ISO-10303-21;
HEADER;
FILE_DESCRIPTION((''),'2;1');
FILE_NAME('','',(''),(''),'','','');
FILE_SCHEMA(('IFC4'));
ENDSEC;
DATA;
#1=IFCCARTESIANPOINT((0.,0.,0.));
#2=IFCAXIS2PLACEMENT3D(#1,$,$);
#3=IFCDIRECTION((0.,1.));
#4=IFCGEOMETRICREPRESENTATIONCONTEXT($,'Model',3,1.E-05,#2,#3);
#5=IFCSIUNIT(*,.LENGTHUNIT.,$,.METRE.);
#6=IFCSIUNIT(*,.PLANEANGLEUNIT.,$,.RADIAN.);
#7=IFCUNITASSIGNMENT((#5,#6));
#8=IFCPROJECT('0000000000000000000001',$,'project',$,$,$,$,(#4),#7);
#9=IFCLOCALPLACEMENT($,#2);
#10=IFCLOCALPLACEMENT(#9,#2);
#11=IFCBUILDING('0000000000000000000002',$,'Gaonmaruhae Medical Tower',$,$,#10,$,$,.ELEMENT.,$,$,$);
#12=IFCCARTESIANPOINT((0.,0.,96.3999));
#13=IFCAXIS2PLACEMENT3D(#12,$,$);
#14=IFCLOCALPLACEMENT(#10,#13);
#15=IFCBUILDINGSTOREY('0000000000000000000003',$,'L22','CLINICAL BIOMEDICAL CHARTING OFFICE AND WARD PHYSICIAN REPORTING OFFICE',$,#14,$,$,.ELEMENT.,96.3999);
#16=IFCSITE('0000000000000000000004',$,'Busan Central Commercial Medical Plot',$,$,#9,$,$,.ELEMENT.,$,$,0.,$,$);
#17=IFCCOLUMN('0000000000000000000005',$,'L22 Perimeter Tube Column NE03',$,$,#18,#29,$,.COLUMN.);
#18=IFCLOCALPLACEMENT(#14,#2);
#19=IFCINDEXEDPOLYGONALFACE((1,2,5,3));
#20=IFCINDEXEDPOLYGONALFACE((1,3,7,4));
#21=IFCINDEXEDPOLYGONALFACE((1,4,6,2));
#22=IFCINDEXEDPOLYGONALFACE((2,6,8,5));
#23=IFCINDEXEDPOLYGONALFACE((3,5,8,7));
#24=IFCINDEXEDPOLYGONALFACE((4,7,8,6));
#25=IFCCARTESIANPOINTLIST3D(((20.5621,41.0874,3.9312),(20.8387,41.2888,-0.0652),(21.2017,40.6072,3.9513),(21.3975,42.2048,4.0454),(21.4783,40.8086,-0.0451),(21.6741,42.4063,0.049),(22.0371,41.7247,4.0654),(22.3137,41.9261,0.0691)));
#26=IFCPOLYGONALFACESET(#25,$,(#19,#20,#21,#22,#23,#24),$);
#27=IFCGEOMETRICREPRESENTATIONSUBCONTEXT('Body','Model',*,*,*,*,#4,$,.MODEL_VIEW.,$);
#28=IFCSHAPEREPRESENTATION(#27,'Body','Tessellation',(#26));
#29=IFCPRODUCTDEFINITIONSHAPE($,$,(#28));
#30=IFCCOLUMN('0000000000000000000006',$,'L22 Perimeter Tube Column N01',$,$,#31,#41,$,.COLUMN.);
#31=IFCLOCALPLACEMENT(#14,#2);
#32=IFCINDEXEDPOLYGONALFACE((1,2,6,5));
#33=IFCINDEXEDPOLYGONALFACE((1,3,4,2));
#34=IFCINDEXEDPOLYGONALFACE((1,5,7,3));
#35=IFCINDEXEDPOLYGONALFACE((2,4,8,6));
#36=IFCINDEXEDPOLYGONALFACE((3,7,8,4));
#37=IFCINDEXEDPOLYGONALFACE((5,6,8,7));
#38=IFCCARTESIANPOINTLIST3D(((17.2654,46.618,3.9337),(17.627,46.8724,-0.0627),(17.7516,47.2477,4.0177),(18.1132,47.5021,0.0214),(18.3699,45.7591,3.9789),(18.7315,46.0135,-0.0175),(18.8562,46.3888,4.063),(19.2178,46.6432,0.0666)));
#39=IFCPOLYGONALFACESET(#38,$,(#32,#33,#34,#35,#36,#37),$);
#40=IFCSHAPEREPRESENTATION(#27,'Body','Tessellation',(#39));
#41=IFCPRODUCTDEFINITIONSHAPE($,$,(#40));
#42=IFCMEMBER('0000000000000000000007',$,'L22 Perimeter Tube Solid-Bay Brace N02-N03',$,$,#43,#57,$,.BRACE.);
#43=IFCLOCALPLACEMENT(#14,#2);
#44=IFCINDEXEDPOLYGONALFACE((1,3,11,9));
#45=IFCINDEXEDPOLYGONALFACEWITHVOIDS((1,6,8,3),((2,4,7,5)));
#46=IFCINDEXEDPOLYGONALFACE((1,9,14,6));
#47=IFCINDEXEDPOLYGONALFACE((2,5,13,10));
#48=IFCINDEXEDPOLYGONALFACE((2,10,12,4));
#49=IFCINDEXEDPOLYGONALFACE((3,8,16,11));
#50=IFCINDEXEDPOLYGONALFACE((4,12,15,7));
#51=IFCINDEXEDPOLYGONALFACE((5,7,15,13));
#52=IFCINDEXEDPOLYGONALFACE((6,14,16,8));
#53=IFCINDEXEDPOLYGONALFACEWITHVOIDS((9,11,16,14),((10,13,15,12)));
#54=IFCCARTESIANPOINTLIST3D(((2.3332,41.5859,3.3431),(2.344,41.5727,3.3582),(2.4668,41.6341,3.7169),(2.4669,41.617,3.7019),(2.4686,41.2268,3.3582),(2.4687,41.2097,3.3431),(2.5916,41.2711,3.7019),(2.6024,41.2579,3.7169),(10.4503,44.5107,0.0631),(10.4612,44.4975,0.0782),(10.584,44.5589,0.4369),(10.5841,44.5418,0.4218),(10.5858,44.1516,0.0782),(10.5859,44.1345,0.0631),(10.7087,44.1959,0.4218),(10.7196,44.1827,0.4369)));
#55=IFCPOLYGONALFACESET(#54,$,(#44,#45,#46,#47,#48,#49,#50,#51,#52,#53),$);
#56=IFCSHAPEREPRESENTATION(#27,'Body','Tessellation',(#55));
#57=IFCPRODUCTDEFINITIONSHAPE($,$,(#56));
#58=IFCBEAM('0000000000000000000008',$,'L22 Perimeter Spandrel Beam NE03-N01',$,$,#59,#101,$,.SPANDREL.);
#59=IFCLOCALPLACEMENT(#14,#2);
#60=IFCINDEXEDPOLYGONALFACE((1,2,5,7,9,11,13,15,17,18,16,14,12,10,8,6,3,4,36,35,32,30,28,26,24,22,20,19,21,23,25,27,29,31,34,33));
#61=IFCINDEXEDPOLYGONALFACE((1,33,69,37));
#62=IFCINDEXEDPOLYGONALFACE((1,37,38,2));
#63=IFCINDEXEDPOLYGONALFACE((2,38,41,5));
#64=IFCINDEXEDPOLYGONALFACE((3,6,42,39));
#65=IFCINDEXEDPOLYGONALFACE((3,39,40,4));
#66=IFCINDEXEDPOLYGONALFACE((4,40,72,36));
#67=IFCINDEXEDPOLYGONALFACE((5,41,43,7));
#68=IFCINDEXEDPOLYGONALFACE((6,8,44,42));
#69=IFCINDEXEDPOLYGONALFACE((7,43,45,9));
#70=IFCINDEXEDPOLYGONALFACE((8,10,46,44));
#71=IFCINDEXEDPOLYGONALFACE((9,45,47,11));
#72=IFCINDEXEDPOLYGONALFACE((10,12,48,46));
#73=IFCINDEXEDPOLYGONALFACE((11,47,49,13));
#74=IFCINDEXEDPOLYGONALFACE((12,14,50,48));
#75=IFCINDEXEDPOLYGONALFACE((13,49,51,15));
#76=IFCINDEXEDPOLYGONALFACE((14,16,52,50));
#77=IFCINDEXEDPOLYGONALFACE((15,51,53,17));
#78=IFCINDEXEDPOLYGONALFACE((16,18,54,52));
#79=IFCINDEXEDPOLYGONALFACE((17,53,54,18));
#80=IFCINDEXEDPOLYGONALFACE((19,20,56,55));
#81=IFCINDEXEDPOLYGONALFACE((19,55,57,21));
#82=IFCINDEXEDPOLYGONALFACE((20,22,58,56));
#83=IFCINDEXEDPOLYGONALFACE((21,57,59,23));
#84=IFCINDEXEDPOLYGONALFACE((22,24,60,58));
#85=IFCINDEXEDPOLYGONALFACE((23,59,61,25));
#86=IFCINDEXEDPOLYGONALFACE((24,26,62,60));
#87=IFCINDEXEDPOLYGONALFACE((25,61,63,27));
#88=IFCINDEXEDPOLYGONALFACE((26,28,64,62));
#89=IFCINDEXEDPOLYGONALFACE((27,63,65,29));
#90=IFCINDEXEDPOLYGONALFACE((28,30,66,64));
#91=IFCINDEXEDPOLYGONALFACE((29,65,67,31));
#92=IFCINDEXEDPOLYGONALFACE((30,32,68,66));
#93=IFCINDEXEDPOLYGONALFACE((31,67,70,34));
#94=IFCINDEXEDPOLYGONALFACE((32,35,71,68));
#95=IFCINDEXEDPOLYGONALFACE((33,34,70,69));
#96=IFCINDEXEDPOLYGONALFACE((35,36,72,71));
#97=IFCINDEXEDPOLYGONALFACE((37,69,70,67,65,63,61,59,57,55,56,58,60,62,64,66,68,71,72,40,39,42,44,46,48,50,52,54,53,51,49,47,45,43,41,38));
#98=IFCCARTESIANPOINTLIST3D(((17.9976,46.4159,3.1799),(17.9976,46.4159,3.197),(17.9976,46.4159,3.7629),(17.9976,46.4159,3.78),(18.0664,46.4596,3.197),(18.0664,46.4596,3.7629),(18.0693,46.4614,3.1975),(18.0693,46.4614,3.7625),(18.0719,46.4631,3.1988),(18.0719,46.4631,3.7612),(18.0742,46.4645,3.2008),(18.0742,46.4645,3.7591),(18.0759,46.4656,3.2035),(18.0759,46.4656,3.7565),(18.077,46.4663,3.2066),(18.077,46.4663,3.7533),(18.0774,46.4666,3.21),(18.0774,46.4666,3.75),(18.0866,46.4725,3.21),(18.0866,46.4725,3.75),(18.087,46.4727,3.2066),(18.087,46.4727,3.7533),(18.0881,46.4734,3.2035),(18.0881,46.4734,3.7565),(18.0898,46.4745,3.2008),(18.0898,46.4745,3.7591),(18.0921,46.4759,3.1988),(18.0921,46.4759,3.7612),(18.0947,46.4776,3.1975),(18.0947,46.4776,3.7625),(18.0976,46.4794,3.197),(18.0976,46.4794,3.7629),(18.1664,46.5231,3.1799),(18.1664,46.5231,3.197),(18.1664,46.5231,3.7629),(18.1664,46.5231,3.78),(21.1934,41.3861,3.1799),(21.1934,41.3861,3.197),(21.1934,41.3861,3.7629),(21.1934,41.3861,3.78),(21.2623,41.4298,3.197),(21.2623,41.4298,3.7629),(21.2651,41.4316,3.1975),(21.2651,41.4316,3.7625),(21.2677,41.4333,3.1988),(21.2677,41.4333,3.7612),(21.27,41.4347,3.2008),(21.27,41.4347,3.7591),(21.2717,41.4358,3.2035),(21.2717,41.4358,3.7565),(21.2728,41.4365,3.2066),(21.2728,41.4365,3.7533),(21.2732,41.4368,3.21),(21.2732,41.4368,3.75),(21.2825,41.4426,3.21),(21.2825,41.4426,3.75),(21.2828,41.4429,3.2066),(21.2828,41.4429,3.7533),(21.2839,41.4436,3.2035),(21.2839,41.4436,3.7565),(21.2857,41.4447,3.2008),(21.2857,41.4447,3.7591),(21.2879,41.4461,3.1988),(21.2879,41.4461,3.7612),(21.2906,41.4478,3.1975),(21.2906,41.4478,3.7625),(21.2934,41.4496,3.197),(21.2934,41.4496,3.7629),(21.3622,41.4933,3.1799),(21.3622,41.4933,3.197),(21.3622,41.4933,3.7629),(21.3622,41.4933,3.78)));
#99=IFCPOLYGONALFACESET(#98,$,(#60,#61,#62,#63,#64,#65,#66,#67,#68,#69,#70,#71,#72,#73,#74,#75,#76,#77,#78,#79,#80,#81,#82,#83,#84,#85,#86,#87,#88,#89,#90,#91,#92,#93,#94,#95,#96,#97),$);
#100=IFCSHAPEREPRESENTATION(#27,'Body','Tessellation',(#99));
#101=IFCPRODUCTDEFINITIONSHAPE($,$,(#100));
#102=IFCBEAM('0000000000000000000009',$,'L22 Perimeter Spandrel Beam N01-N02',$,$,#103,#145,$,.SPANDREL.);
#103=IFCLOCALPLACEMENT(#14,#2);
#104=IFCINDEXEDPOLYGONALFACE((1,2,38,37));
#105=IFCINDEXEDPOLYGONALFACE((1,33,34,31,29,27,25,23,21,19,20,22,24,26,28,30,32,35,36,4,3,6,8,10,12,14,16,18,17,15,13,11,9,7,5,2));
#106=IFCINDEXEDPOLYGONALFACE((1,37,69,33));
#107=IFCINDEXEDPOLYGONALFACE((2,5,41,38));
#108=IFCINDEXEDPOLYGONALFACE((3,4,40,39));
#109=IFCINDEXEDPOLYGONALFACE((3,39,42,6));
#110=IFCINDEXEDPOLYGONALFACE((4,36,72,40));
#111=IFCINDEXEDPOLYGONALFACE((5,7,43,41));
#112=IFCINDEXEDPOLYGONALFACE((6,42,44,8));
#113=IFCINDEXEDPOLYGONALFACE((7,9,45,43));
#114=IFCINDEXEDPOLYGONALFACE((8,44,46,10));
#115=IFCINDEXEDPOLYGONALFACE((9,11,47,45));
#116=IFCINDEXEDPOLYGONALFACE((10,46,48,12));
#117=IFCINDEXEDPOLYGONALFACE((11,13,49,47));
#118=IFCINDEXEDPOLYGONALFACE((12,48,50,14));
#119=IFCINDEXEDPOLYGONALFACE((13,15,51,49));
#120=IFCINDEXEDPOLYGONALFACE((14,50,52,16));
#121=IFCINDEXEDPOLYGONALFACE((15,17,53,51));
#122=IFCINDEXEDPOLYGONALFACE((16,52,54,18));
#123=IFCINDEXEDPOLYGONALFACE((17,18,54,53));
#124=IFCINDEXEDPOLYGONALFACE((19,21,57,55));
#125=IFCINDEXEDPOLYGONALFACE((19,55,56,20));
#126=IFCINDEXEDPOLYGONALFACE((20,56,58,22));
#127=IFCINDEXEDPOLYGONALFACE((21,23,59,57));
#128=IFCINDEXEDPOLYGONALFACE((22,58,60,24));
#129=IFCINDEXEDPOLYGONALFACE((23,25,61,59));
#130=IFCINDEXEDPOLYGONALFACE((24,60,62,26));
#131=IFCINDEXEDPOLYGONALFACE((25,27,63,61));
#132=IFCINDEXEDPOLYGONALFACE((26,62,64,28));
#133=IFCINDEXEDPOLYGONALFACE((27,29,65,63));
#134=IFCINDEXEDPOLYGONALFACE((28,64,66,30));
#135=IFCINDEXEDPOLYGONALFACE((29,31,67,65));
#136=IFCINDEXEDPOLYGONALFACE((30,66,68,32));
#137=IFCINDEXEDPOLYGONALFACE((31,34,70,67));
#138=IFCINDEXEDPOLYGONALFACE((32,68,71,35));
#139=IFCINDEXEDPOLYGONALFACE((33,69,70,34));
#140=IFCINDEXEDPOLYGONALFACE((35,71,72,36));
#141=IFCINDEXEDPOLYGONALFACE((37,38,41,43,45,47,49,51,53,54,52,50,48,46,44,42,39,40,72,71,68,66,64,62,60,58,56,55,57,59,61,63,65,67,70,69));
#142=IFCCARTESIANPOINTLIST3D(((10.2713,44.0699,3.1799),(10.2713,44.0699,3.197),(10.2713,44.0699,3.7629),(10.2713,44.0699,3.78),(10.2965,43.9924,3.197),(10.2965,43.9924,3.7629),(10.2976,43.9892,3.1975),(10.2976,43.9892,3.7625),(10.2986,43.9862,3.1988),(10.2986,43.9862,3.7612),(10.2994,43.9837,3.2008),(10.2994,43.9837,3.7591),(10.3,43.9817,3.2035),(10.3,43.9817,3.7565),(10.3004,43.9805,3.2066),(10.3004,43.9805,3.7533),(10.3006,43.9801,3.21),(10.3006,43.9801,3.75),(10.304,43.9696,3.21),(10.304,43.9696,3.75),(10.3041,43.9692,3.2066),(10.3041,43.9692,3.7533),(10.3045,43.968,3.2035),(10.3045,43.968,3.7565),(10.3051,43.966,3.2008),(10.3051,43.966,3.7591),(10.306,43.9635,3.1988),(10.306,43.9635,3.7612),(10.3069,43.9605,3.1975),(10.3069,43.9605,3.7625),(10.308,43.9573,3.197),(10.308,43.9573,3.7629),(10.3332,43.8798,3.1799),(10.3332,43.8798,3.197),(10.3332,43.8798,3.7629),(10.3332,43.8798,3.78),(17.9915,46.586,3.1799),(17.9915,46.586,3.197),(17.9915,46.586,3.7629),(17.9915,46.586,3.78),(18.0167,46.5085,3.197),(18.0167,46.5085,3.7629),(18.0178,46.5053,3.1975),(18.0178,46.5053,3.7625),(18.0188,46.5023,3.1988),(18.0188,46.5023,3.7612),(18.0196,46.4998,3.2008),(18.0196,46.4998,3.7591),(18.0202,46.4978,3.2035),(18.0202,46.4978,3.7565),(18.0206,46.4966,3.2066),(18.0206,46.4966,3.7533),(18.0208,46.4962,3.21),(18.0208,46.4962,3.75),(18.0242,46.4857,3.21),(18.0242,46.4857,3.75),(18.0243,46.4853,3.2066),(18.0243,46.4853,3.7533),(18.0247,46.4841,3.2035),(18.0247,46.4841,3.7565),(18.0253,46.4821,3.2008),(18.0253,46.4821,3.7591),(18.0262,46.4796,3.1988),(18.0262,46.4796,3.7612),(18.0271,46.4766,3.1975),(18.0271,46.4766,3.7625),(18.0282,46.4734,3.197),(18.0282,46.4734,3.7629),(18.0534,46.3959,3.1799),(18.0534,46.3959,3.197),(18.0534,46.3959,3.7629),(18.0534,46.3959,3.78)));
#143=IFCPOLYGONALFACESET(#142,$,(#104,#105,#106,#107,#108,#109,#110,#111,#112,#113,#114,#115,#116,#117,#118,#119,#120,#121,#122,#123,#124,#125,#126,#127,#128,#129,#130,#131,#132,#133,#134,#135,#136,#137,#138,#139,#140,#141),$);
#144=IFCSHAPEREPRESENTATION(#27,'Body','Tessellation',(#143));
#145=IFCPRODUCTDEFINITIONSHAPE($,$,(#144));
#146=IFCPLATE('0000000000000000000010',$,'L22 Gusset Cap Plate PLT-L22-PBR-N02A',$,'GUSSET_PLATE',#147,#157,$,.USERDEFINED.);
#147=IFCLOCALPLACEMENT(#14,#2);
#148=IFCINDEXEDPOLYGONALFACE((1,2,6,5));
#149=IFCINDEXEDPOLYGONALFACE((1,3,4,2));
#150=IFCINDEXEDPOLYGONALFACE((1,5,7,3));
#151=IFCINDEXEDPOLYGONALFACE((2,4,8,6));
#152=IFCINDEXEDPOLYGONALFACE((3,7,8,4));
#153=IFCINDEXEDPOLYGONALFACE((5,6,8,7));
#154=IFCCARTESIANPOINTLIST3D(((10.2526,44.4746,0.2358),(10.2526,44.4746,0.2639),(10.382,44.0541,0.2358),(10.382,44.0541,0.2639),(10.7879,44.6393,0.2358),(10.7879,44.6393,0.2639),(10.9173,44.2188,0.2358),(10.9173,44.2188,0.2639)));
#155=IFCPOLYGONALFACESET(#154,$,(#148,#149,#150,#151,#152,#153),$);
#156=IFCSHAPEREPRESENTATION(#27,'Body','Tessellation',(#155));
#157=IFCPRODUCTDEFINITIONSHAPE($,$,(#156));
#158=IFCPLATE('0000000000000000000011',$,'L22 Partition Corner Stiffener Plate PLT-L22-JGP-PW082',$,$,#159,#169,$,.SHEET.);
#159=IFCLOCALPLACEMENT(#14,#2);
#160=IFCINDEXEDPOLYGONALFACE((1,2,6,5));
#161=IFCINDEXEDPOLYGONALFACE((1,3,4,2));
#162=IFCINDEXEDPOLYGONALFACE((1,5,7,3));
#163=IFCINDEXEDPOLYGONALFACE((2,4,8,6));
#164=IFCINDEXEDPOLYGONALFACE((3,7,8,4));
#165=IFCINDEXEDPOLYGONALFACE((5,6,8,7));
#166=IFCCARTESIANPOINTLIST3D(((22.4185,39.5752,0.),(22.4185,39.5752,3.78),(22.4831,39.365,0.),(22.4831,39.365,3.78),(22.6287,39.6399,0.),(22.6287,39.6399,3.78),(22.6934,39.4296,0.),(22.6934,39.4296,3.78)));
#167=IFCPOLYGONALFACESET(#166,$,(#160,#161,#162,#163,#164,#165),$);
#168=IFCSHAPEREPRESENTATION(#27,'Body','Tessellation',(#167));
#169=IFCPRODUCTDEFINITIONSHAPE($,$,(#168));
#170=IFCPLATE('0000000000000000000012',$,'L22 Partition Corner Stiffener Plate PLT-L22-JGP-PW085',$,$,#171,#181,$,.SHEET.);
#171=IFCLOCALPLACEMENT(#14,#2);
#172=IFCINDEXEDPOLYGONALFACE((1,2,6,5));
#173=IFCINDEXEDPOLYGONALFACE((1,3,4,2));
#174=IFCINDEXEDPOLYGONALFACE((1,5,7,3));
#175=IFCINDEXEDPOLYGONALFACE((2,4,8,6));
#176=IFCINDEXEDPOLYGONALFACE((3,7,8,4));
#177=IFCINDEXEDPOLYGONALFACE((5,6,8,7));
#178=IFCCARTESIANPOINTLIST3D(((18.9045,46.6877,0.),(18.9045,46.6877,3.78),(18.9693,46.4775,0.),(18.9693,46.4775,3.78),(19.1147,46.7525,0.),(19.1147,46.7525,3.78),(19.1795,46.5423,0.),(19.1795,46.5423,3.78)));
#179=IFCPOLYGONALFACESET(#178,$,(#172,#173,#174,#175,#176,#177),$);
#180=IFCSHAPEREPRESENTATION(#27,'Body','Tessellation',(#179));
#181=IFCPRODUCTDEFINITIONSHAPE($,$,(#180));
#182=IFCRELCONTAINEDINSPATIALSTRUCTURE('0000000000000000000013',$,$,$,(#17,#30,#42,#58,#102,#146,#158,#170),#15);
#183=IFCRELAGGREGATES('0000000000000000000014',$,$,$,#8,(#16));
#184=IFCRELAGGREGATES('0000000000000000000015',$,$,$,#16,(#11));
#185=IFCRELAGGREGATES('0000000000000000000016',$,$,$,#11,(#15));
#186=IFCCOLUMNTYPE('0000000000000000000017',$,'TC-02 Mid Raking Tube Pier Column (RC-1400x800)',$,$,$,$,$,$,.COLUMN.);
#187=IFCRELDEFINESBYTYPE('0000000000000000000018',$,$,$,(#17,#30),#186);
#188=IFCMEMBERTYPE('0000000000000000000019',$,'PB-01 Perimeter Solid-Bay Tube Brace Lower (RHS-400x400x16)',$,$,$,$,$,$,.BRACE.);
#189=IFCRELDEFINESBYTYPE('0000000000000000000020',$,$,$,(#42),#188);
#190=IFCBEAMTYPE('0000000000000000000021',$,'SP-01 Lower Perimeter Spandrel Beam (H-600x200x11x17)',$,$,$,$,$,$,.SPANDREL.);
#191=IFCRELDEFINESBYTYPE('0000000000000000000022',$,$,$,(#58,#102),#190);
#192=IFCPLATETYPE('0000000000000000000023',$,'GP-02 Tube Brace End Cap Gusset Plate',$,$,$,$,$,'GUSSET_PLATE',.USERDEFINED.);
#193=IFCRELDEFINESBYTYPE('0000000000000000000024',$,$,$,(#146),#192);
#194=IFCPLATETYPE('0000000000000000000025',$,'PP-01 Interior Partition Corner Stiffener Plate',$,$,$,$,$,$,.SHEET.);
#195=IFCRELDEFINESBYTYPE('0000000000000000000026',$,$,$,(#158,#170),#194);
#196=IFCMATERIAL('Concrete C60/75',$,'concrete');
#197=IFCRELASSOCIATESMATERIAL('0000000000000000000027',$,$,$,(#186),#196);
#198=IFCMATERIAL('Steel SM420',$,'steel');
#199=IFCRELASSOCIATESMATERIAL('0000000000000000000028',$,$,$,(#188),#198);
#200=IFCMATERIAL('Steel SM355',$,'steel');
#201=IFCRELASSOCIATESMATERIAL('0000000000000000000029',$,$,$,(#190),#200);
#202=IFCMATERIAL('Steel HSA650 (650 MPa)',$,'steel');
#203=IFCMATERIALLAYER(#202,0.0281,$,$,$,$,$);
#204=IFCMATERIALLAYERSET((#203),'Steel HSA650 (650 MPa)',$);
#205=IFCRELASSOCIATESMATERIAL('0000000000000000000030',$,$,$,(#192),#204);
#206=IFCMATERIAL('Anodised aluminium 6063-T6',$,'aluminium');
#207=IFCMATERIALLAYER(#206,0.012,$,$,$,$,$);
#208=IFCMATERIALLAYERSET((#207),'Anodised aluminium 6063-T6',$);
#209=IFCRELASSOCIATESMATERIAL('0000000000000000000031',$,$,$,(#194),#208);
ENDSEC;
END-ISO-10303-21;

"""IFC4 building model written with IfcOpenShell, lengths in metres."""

from ifc_helpers import new_model, si_unit, direction, frame, origin, origin_2d, place, context, subcontext, project, spatial, rectangle, hollow_rectangle, i_section, extrude, material, layer, layer_set, material_profile, profile_set, type_object, element, save


model = new_model("IFC4")

# Units and contexts
model_context = context("Model", 3, precision=1e-05, world=origin(), true_north=direction((0.0, 1.0)))
body_context = subcontext(model_context, "Body", "Model", "MODEL_VIEW")
ifc_project = project(units=[si_unit("LENGTHUNIT", "METRE"), si_unit("PLANEANGLEUNIT", "RADIAN")], contexts=[model_context])

# Site, building, storey
site_placement = place(None, origin())
site = spatial("IfcSite", under=ifc_project, at=site_placement, Name="Busan Central Commercial Medical Plot", CompositionType="ELEMENT", RefElevation=0.0)
building_placement = place(site_placement, origin())
building = spatial("IfcBuilding", under=site, at=building_placement, Name="Gaonmaruhae Medical Tower", CompositionType="ELEMENT")
storey_placement = place(building_placement, frame((0.0, 0.0, 96.3999)))
storey = spatial("IfcBuildingStorey", under=building, at=storey_placement, Name="L22", Description="CLINICAL BIOMEDICAL CHARTING OFFICE AND WARD PHYSICIAN REPORTING OFFICE", CompositionType="ELEMENT", Elevation=96.3999)

# Columns
ifc_material_1 = material(Name="Concrete C60/75", Category="concrete")
ifc_material_profile_1 = material_profile(ifc_material_1, rectangle(XDim=1.3999, YDim=0.8, at=origin_2d()), Name="RC-1400x800")
ifc_profile_set_1 = profile_set([ifc_material_profile_1], Name="Concrete C60/75")
column_type = type_object("IfcColumnType", Name="TC-02 Mid Raking Tube Pier Column (RC-1400x800)", PredefinedType="COLUMN", material=ifc_profile_set_1)
column_1_placement = place(storey_placement, frame((21.5762, 41.6074, 0.002), z_axis=(-0.068964, -0.050216, 0.996355), x_axis=(0.59676, 0.798267, 0.081538)))
element("IfcColumn", 1, at=column_1_placement, inside=storey, type_object=column_type, Name="L22 Perimeter Tube Column NE03", PredefinedType="COLUMN", context=body_context, shape_type="SweptSolid", body=[
    extrude(rectangle(XDim=1.3999, YDim=0.8, at=origin_2d()), origin(), (0.0, 0.0, 1.0), 4.011),
])
column_2_placement = place(storey_placement, frame((18.4224, 46.7578, 0.002), z_axis=(-0.089927, -0.063271, 0.993937), x_axis=(0.789011, -0.613527, 0.032331)))
element("IfcColumn", 2, at=column_2_placement, inside=storey, type_object=column_type, Name="L22 Perimeter Tube Column N01", PredefinedType="COLUMN", context=body_context, shape_type="SweptSolid", body=[
    extrude(rectangle(XDim=1.3999, YDim=0.8, at=origin_2d()), origin(), (0.0, 0.0, 1.0), 4.0208),
])

# Member
ifc_material_2 = material(Name="Steel SM420", Category="steel")
ifc_material_profile_2 = material_profile(ifc_material_2, hollow_rectangle(XDim=0.3999, YDim=0.3999, WallThickness=0.0161, at=origin_2d()), Name="RHS-400x400x16")
ifc_profile_set_2 = profile_set([ifc_material_profile_2], Name="Steel SM420")
member_type = type_object("IfcMemberType", Name="PB-01 Perimeter Solid-Bay Tube Brace Lower (RHS-400x400x16)", PredefinedType="BRACE", material=ifc_profile_set_2)
member_placement = place(storey_placement, frame((10.585, 44.3467, 0.25), z_axis=(-0.879389, -0.316864, 0.355348), x_axis=(0.338988, -0.940791, 0.0)))
element("IfcMember", 3, at=member_placement, inside=storey, type_object=member_type, Name="L22 Perimeter Tube Solid-Bay Brace N02-N03", PredefinedType="BRACE", context=body_context, shape_type="SweptSolid", body=[
    extrude(hollow_rectangle(XDim=0.3999, YDim=0.3999, WallThickness=0.0161, at=origin_2d()), origin(), (0.0, 0.0, 1.0), 9.2305),
])

# Beams
ifc_material_3 = material(Name="Steel SM355", Category="steel")
ifc_material_profile_3 = material_profile(ifc_material_3, i_section(OverallWidth=0.2, OverallDepth=0.6001, WebThickness=0.011, FlangeThickness=0.0171, FilletRadius=0.0129, at=origin_2d()), Name="H-600x200x11x17")
ifc_profile_set_3 = profile_set([ifc_material_profile_3], Name="Steel SM355")
beam_type = type_object("IfcBeamType", Name="SP-01 Lower Perimeter Spandrel Beam (H-600x200x11x17)", PredefinedType="SPANDREL", material=ifc_profile_set_3)
beam_1_placement = place(storey_placement, frame((21.2778, 41.4397, 3.48), z_axis=(-0.536282, 0.844039, 0.0), x_axis=(-0.844039, -0.536282, 0.0)))
element("IfcBeam", 4, at=beam_1_placement, inside=storey, type_object=beam_type, Name="L22 Perimeter Spandrel Beam NE03-N01", PredefinedType="SPANDREL", context=body_context, shape_type="SweptSolid", body=[
    extrude(i_section(OverallWidth=0.2, OverallDepth=0.6001, WebThickness=0.011, FlangeThickness=0.0171, FilletRadius=0.0129, at=origin_2d()), origin(), (0.0, 0.0, 1.0), 5.9592),
])
beam_2_placement = place(storey_placement, frame((18.0225, 46.491, 3.48), z_axis=(-0.950779, -0.309871, 0.0), x_axis=(0.309871, -0.950779, 0.0)))
element("IfcBeam", 5, at=beam_2_placement, inside=storey, type_object=beam_type, Name="L22 Perimeter Spandrel Beam N01-N02", PredefinedType="SPANDREL", context=body_context, shape_type="SweptSolid", body=[
    extrude(i_section(OverallWidth=0.2, OverallDepth=0.6001, WebThickness=0.011, FlangeThickness=0.0171, FilletRadius=0.0129, at=origin_2d()), origin(), (0.0, 0.0, 1.0), 8.1199),
])

# Plates
ifc_material_4 = material(Name="Steel HSA650 (650 MPa)", Category="steel")
ifc_layer_1 = layer(ifc_material_4, 0.0281)
ifc_layer_set_1 = layer_set([ifc_layer_1], Name="Steel HSA650 (650 MPa)")
plate_type_1 = type_object("IfcPlateType", Name="GP-02 Tube Brace End Cap Gusset Plate", ElementType="GUSSET_PLATE", PredefinedType="USERDEFINED", material=ifc_layer_set_1)
plate_placement = place(storey_placement, frame((10.585, 44.3467, 0.2358), z_axis=(0.0, 0.0, 1.0), x_axis=(0.955793, 0.29404, 0.0)))
element("IfcPlate", 6, at=plate_placement, inside=storey, type_object=plate_type_1, Name="L22 Gusset Cap Plate PLT-L22-PBR-N02A", ObjectType="GUSSET_PLATE", PredefinedType="USERDEFINED", context=body_context, shape_type="SweptSolid", body=[
    extrude(rectangle(XDim=0.5601, YDim=0.4399, at=origin_2d()), origin(), (0.0, 0.0, 1.0), 0.0281),
])
ifc_material_5 = material(Name="Anodised aluminium 6063-T6", Category="aluminium")
ifc_layer_2 = layer(ifc_material_5, 0.012)
ifc_layer_set_2 = layer_set([ifc_layer_2], Name="Anodised aluminium 6063-T6")
plate_type_2 = type_object("IfcPlateType", Name="PP-01 Interior Partition Corner Stiffener Plate", PredefinedType="SHEET", material=ifc_layer_set_2)
for number, where, z_axis, x_axis, name in (
    (7, (22.5559, 39.5024, 0.0), (0.0, 0.0, 1.0), (-0.955839, -0.29389, 0.0), "L22 Partition Corner Stiffener Plate PLT-L22-JGP-PW082"),
    (8, (19.042, 46.615, 0.0), (0.0, 0.0, 1.0), (0.294541, -0.955639, 0.0), "L22 Partition Corner Stiffener Plate PLT-L22-JGP-PW085"),
):
    element("IfcPlate", number, at=place(storey_placement, frame(where, z_axis=z_axis, x_axis=x_axis)), inside=storey, type_object=plate_type_2, Name=name, PredefinedType="SHEET", context=body_context, shape_type="SweptSolid", body=[
        extrude(rectangle(XDim=0.22, YDim=0.22, at=origin_2d()), origin(), (0.0, 0.0, 1.0), 3.78),
    ])

save(model, "model.ifc")
